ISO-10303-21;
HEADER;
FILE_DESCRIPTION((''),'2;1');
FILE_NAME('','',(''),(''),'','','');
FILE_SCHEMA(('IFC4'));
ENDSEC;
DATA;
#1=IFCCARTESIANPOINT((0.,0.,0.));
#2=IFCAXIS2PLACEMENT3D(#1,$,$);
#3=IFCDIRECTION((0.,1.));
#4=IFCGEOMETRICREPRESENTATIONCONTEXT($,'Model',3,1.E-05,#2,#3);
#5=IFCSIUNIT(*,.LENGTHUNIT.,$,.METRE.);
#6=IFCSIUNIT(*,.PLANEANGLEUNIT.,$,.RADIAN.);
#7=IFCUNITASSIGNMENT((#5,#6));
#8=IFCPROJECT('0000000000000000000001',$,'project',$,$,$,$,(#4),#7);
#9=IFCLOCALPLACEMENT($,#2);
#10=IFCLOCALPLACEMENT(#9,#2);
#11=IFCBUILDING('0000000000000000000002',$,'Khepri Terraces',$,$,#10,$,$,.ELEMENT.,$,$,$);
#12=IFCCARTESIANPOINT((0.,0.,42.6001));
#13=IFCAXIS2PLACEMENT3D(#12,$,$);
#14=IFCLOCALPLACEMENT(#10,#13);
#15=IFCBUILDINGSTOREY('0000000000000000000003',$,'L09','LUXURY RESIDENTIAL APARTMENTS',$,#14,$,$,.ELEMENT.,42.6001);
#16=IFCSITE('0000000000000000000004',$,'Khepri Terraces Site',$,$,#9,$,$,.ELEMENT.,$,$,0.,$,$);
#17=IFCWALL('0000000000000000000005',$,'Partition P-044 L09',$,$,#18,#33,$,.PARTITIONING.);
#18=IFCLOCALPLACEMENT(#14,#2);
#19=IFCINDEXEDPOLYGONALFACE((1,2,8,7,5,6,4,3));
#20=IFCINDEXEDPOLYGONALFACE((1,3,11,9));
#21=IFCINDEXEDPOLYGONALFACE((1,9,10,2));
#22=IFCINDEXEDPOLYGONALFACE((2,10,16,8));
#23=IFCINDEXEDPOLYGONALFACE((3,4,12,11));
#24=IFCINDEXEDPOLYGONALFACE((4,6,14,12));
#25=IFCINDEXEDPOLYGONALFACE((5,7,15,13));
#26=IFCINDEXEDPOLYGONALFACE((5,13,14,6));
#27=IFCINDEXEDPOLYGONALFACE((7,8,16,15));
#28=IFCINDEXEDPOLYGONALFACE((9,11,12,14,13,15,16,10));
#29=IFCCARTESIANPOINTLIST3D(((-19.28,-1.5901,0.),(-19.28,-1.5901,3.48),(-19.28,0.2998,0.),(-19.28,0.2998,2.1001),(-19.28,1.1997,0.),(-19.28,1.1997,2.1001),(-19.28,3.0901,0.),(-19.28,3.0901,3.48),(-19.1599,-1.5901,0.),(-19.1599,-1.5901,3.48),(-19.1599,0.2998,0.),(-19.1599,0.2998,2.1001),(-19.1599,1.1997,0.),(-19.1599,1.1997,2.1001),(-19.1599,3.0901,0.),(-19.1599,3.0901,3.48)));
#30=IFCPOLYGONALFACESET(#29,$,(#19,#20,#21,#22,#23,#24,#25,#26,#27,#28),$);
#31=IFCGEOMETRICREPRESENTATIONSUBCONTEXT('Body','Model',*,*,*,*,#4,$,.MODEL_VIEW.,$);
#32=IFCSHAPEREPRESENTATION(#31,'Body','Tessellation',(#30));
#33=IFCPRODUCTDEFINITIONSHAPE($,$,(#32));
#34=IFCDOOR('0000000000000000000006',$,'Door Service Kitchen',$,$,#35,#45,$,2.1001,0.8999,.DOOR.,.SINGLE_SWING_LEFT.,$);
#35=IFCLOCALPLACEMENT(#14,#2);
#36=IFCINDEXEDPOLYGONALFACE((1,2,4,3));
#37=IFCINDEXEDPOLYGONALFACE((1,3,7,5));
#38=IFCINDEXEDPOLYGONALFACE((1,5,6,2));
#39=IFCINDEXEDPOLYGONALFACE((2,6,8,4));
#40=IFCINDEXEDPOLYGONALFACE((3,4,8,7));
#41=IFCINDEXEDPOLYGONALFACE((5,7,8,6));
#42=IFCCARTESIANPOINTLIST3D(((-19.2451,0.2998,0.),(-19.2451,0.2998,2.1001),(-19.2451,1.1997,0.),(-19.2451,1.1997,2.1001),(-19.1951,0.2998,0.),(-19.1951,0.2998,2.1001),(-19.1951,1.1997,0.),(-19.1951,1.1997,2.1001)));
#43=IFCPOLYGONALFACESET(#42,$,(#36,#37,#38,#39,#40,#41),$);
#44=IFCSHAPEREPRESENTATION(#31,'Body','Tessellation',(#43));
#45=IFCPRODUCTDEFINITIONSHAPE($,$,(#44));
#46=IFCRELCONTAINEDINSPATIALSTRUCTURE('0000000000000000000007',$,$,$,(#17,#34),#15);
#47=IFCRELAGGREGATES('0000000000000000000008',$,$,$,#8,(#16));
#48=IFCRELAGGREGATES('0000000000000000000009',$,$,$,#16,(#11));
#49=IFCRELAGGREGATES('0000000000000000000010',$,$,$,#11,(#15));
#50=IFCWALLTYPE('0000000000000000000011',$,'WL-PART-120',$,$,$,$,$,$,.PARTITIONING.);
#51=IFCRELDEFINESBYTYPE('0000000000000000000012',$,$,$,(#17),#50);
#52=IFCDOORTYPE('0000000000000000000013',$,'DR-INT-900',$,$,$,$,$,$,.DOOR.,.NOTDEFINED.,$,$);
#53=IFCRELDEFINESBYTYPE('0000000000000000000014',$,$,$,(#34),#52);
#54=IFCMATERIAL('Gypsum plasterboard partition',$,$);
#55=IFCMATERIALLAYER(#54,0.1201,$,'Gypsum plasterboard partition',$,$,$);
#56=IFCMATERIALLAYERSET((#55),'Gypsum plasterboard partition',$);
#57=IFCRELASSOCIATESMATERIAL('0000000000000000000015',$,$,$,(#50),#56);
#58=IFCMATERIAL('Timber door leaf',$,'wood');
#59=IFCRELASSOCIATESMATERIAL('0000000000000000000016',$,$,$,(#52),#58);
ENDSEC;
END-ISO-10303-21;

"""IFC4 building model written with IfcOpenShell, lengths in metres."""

from ifc_helpers import new_model, si_unit, direction, frame, frame_2d, origin, place, context, subcontext, project, spatial, rectangle, extrude, material, layer, layer_set, type_object, element, fill, save


model = new_model("IFC4")

# Units and contexts
model_context = context("Model", 3, precision=1e-05, world=origin(), true_north=direction((0.0, 1.0)))
body_context = subcontext(model_context, "Body", "Model", "MODEL_VIEW")
ifc_project = project(units=[si_unit("LENGTHUNIT", "METRE"), si_unit("PLANEANGLEUNIT", "RADIAN")], contexts=[model_context])

# Site, building, storey
site_placement = place(None, origin())
site = spatial("IfcSite", under=ifc_project, at=site_placement, Name="Khepri Terraces Site", CompositionType="ELEMENT", RefElevation=0.0)
building_placement = place(site_placement, origin())
building = spatial("IfcBuilding", under=site, at=building_placement, Name="Khepri Terraces", CompositionType="ELEMENT")
storey_placement = place(building_placement, frame((0.0, 0.0, 42.6001)))
storey = spatial("IfcBuildingStorey", under=building, at=storey_placement, Name="L09", Description="LUXURY RESIDENTIAL APARTMENTS", CompositionType="ELEMENT", Elevation=42.6001)

# Shared definitions
ifc_material_1 = material(Name="Gypsum plasterboard partition")
ifc_layer_1 = layer(ifc_material_1, 0.1201, Name="Gypsum plasterboard partition")
ifc_layer_set_1 = layer_set([ifc_layer_1], Name="Gypsum plasterboard partition")
wall_type_1 = type_object("IfcWallType", Name="WL-PART-120", PredefinedType="PARTITIONING", material=ifc_layer_set_1)
ifc_material_2 = material(Name="Timber door leaf", Category="wood")
door_type_1 = type_object("IfcDoorType", Name="DR-INT-900", OperationType="NOTDEFINED", PredefinedType="DOOR", material=ifc_material_2)

# Wall, opening, door
wall_1_placement = place(storey_placement, frame((-19.22, -1.5901, 0.0), z_axis=(0.0, 0.0, 1.0), x_axis=(0.0, 1.0, 0.0)))
wall_1 = element("IfcWall", 1, at=wall_1_placement, inside=storey, type_object=wall_type_1, Name="Partition P-044 L09", PredefinedType="PARTITIONING", context=body_context, shape_type="SweptSolid", body=[
    extrude(rectangle(XDim=4.6802, YDim=0.1201, at=frame_2d((2.3401, 0.0))), origin(), (0.0, 0.0, 1.0), 3.48),
])
opening_1_placement = place(wall_1_placement, frame((1.8899, 0.0, 0.0)))
opening_1 = element("IfcOpeningElement", 2, at=opening_1_placement, cuts=wall_1, PredefinedType="OPENING", context=body_context, shape_type="SweptSolid", body=[
    extrude(rectangle(XDim=0.8999, YDim=2.1001, at=frame_2d((0.45, 1.05))), frame((0.0, 0.0701, 0.0), z_axis=(0.0, -1.0, 0.0), x_axis=(1.0, 0.0, 0.0)), (0.0, 0.0, 1.0), 0.1401),
])
door_1_placement = place(opening_1_placement, frame((0.8999, 0.0, 0.0), z_axis=(0.0, 0.0, 1.0), x_axis=(-1.0, 0.0, 0.0)))
door_1 = element("IfcDoor", 3, at=door_1_placement, inside=storey, type_object=door_type_1, Name="Door Service Kitchen", OperationType="SINGLE_SWING_LEFT", OverallHeight=2.1001, OverallWidth=0.8999, PredefinedType="DOOR", context=body_context, shape_type="SweptSolid", body=[
    extrude(rectangle(XDim=0.8999, YDim=2.1001, at=frame_2d((0.45, 1.05))), frame((0.0, 0.0249, 0.0), z_axis=(0.0, -1.0, 0.0), x_axis=(1.0, 0.0, 0.0)), (0.0, 0.0, 1.0), 0.05),
])
fill(opening_1, door_1)

save(model, "model.ifc")
